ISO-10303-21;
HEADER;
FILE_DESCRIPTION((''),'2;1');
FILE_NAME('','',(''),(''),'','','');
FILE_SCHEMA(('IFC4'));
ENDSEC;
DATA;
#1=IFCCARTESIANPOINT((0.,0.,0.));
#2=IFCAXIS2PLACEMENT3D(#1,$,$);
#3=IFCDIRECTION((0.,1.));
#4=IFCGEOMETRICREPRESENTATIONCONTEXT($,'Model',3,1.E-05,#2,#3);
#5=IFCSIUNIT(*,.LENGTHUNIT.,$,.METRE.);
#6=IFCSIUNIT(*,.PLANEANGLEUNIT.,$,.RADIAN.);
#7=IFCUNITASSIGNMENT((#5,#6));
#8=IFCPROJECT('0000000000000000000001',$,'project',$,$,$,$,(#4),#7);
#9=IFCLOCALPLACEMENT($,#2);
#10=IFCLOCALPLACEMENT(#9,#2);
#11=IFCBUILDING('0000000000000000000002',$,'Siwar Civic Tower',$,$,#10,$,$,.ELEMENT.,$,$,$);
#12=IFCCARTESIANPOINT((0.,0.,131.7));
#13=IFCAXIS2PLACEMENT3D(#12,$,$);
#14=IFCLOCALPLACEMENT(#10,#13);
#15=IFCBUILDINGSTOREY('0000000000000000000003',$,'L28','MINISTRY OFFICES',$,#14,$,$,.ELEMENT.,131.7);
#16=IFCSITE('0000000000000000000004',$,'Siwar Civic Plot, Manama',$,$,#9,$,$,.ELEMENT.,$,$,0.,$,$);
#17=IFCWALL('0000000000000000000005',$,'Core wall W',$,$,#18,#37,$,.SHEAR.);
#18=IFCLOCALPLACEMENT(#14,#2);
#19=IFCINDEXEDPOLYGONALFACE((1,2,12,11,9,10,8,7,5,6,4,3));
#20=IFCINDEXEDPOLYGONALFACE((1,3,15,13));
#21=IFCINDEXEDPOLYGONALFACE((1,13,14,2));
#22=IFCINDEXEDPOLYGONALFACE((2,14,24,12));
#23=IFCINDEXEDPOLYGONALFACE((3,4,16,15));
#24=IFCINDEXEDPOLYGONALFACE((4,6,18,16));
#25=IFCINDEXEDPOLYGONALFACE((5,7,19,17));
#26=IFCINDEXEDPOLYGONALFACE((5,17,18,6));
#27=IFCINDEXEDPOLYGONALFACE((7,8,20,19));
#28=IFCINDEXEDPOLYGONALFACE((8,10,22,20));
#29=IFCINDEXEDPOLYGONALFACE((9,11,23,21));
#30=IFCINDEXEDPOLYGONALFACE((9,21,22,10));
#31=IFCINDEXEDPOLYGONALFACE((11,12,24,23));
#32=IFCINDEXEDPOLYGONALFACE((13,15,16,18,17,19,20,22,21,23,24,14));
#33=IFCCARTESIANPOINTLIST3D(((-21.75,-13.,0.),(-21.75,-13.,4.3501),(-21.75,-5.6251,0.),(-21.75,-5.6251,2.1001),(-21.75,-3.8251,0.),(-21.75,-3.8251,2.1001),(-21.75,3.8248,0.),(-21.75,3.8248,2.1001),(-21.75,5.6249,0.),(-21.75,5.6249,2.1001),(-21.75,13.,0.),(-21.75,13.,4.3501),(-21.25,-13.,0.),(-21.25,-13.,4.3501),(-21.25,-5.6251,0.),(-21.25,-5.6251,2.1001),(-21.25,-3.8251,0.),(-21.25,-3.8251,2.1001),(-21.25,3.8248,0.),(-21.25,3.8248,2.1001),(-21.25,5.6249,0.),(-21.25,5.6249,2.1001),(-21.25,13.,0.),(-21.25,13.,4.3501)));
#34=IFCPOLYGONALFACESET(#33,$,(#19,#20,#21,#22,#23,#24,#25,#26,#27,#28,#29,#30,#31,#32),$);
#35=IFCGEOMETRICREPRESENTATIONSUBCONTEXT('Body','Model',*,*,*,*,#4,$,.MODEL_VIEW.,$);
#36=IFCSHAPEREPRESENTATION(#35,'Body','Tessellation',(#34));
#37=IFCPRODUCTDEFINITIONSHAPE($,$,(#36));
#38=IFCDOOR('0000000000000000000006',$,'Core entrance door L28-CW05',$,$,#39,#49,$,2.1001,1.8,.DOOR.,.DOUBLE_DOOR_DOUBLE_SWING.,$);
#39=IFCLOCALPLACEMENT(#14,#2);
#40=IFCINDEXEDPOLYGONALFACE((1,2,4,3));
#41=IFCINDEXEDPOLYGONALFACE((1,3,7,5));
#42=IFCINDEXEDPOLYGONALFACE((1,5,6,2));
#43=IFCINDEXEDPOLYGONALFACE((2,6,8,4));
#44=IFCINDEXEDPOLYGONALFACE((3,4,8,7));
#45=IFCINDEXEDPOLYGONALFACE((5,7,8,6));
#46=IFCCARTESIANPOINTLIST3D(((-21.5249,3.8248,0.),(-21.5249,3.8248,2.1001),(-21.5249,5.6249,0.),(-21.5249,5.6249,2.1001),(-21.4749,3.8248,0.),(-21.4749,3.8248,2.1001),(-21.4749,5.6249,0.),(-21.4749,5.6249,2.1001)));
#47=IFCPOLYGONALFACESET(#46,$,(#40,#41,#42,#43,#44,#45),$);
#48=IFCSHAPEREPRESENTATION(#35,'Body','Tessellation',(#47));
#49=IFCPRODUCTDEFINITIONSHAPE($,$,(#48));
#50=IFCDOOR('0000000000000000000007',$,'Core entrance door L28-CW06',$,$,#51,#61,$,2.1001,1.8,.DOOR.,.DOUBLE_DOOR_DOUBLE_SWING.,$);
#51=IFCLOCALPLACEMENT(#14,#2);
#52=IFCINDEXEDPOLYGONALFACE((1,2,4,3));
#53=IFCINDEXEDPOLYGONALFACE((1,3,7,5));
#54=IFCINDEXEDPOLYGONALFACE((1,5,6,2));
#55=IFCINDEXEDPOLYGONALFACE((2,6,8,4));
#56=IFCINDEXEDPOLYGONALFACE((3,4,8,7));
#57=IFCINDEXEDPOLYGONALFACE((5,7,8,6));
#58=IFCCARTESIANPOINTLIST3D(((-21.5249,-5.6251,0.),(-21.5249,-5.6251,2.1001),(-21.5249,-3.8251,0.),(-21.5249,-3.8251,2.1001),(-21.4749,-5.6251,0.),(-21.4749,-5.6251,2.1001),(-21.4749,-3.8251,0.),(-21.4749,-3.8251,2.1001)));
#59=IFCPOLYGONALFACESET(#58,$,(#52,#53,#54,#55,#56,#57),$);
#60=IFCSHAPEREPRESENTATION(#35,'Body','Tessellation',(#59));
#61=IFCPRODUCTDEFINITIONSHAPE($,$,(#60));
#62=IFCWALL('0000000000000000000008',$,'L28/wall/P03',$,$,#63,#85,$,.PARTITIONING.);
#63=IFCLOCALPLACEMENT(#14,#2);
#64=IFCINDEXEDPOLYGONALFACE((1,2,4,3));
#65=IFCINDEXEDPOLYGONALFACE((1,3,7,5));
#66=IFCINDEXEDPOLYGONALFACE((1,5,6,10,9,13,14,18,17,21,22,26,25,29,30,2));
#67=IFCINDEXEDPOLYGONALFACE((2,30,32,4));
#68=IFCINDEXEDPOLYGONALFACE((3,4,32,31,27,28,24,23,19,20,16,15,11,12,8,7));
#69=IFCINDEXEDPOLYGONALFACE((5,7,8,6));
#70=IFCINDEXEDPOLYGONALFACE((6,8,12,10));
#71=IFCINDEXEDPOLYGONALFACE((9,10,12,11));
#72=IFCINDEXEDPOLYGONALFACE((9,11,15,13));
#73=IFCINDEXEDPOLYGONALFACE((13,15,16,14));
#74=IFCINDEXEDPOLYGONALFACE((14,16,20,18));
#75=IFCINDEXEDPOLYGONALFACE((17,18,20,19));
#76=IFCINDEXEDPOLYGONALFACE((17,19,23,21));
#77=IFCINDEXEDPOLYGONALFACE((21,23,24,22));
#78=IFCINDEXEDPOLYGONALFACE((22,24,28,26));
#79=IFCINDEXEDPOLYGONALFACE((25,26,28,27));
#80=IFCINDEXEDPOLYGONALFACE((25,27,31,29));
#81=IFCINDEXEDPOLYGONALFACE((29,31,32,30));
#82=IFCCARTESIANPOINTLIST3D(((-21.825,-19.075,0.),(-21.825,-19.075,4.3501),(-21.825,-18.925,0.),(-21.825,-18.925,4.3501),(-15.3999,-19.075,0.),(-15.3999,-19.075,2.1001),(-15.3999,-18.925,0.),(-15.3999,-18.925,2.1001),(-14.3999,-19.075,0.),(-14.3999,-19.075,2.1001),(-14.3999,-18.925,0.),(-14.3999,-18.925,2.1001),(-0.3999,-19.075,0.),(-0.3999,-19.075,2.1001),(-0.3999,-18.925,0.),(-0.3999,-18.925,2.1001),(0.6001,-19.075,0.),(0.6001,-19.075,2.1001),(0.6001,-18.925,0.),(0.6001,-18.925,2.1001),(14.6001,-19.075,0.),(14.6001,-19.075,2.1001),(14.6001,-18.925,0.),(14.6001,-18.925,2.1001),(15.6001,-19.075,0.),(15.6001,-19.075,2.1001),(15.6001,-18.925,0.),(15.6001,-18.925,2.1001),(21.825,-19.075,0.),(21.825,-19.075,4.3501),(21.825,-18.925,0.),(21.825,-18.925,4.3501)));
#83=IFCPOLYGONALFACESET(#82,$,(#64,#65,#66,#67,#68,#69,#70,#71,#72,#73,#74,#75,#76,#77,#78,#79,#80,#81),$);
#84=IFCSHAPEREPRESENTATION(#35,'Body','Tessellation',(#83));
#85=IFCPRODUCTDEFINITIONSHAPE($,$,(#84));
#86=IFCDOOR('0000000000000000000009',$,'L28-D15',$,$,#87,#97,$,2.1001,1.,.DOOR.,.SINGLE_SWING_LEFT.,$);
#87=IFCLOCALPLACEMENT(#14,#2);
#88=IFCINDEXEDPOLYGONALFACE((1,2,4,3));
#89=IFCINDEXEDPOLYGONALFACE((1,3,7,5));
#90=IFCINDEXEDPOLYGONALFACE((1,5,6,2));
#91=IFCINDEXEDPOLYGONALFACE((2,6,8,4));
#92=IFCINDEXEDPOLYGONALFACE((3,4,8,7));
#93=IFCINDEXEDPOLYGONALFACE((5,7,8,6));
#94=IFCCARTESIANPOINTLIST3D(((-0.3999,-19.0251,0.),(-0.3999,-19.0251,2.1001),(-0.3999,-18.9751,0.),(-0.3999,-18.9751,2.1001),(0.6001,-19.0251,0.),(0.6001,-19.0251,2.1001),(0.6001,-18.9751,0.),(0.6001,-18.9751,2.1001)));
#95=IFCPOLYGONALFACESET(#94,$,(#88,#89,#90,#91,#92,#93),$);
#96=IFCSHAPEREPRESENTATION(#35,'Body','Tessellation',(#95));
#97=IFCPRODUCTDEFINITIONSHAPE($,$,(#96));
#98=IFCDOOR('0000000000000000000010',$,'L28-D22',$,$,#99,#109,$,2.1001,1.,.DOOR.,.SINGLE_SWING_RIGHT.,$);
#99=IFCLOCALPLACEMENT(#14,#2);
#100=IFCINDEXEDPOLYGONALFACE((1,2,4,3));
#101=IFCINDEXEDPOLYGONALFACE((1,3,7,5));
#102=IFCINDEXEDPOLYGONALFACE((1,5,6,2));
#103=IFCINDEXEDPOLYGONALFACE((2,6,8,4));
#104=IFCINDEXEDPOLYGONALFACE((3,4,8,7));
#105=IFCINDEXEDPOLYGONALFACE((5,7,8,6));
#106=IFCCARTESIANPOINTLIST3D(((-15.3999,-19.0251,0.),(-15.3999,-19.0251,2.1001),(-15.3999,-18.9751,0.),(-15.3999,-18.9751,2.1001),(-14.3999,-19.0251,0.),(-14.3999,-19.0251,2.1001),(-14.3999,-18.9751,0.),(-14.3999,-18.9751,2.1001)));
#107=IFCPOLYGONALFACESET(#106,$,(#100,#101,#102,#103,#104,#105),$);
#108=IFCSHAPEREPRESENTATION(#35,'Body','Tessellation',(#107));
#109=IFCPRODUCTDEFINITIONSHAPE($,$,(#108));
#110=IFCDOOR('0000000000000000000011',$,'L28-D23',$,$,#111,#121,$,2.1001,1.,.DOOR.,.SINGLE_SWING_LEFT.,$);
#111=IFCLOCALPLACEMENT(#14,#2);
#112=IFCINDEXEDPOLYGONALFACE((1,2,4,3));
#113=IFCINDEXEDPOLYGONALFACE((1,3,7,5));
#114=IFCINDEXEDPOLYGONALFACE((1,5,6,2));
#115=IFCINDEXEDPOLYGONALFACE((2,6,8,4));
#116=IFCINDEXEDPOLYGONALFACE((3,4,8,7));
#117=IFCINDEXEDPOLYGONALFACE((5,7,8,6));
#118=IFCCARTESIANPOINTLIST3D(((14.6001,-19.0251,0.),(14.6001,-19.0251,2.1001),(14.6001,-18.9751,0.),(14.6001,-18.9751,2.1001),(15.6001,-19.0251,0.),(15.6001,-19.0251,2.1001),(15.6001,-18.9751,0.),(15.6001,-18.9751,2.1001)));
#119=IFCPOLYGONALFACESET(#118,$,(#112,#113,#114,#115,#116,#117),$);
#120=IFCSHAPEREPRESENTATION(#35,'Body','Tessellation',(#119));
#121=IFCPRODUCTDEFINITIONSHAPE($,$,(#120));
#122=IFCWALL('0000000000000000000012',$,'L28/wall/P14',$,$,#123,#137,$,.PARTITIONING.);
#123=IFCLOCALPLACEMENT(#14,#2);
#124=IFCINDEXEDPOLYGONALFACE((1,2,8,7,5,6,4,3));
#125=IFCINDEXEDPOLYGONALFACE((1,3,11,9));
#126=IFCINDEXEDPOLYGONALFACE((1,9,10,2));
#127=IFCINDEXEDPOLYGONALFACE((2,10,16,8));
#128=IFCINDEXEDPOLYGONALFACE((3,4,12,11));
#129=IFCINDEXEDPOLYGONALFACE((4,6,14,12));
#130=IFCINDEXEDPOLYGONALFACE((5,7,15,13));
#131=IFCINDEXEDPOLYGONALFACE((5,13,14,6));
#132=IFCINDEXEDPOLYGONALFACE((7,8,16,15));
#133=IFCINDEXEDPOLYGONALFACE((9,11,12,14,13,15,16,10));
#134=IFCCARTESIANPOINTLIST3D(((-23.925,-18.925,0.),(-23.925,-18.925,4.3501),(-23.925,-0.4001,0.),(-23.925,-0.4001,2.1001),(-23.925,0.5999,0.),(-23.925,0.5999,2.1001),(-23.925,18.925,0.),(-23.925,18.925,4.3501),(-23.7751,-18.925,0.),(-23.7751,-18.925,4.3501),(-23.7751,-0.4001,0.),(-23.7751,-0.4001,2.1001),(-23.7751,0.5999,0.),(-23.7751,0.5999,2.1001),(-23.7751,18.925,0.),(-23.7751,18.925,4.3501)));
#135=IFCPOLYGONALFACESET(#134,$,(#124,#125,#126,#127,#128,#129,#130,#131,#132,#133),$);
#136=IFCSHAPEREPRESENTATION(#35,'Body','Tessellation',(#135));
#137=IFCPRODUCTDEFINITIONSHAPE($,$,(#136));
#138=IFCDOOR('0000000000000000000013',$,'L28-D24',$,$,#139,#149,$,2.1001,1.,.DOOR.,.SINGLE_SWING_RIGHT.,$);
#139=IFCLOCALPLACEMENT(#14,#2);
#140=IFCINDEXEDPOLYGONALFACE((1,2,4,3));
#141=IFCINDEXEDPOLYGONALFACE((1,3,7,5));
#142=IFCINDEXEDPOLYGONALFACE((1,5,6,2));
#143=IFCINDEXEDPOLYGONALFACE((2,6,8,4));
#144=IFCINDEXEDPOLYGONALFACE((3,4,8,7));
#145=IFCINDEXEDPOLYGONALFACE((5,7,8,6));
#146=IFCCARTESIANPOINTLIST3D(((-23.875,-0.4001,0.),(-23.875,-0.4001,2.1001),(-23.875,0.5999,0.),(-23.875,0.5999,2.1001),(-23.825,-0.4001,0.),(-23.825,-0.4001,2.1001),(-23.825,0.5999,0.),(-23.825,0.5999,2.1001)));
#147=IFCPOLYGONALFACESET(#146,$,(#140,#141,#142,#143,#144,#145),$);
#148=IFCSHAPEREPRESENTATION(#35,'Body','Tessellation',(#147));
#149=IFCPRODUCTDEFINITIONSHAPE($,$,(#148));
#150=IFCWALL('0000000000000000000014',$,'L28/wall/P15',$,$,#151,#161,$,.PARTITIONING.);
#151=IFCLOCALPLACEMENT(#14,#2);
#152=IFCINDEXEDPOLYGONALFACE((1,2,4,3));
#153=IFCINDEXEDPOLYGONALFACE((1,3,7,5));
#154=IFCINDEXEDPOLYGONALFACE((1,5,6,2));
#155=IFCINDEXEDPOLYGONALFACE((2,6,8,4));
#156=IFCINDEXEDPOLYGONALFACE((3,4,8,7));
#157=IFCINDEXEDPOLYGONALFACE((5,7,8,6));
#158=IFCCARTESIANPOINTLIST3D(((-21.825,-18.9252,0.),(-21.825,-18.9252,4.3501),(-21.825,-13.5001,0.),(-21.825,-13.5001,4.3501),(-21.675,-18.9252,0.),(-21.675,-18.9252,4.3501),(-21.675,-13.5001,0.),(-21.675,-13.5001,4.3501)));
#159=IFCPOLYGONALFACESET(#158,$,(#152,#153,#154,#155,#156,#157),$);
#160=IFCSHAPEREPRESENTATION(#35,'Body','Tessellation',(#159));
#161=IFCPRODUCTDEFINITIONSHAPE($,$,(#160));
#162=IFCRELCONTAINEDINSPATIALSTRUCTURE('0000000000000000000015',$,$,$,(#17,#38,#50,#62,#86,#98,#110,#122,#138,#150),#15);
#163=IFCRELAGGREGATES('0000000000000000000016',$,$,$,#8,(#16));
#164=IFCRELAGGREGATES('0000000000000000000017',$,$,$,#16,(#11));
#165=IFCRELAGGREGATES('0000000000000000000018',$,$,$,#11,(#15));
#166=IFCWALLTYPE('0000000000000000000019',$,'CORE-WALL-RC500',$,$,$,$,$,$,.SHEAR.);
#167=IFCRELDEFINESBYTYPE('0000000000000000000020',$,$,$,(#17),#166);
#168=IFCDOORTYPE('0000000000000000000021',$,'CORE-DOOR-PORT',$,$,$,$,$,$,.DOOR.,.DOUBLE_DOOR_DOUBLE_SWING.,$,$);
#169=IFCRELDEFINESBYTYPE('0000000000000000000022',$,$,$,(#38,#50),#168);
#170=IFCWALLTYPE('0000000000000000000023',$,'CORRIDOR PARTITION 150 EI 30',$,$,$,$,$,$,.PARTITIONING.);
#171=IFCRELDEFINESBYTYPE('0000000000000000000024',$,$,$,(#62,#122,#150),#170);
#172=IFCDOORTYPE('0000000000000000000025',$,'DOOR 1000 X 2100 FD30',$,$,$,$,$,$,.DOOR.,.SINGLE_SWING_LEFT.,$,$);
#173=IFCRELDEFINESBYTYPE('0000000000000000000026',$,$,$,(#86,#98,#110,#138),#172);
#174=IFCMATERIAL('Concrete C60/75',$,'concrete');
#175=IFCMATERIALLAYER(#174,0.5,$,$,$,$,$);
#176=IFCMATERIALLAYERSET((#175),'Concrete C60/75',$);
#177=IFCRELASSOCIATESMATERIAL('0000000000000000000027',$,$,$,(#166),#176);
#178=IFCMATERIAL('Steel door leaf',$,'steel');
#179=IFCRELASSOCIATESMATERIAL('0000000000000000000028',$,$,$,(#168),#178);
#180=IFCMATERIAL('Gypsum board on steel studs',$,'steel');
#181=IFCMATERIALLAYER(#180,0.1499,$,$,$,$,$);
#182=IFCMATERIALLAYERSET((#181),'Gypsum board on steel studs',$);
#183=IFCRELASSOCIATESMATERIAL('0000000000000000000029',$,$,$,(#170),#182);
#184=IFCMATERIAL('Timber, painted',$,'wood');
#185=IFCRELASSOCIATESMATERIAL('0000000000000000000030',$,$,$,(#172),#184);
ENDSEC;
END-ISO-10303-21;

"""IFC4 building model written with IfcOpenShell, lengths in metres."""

from ifc_helpers import new_model, si_unit, direction, frame, frame_2d, origin, place, context, subcontext, project, spatial, rectangle, extrude, material, layer, layer_set, type_object, element, fill, save


model = new_model("IFC4")

# Units and contexts
model_context = context("Model", 3, precision=1e-05, world=origin(), true_north=direction((0.0, 1.0)))
body_context = subcontext(model_context, "Body", "Model", "MODEL_VIEW")
ifc_project = project(units=[si_unit("LENGTHUNIT", "METRE"), si_unit("PLANEANGLEUNIT", "RADIAN")], contexts=[model_context])

# Site, building, storey
site_placement = place(None, origin())
site = spatial("IfcSite", under=ifc_project, at=site_placement, Name="Siwar Civic Plot, Manama", CompositionType="ELEMENT", RefElevation=0.0)
building_placement = place(site_placement, origin())
building = spatial("IfcBuilding", under=site, at=building_placement, Name="Siwar Civic Tower", CompositionType="ELEMENT")
storey_placement = place(building_placement, frame((0.0, 0.0, 131.7)))
storey = spatial("IfcBuildingStorey", under=building, at=storey_placement, Name="L28", Description="MINISTRY OFFICES", CompositionType="ELEMENT", Elevation=131.7)

# Walls, openings, doors
ifc_material_1 = material(Name="Concrete C60/75", Category="concrete")
ifc_layer_1 = layer(ifc_material_1, 0.5)
ifc_layer_set_1 = layer_set([ifc_layer_1], Name="Concrete C60/75")
wall_type_1 = type_object("IfcWallType", Name="CORE-WALL-RC500", PredefinedType="SHEAR", material=ifc_layer_set_1)
wall_1_placement = place(storey_placement, frame((-21.5, -13.0, 0.0), z_axis=(0.0, 0.0, 1.0), x_axis=(0.0, 1.0, 0.0)))
wall_1 = element("IfcWall", 1, at=wall_1_placement, inside=storey, type_object=wall_type_1, Name="Core wall W", PredefinedType="SHEAR", context=body_context, shape_type="SweptSolid", body=[
    extrude(rectangle(XDim=26.0, YDim=0.5, at=frame_2d((13.0, 0.0))), origin(), (0.0, 0.0, 1.0), 4.3501),
])
opening_1_placement = place(wall_1_placement, frame((16.825, 0.0, 0.0)))
opening_1 = element("IfcOpeningElement", 2, at=opening_1_placement, cuts=wall_1, PredefinedType="OPENING", context=body_context, shape_type="SweptSolid", body=[
    extrude(rectangle(XDim=1.8, YDim=2.1001, at=frame_2d((0.8999, 1.05))), frame((0.0, 0.26, 0.0), z_axis=(0.0, -1.0, 0.0), x_axis=(1.0, 0.0, 0.0)), (0.0, 0.0, 1.0), 0.52),
])
opening_2_placement = place(wall_1_placement, frame((7.375, 0.0, 0.0)))
opening_2 = element("IfcOpeningElement", 3, at=opening_2_placement, cuts=wall_1, PredefinedType="OPENING", context=body_context, shape_type="SweptSolid", body=[
    extrude(rectangle(XDim=1.8, YDim=2.1001, at=frame_2d((0.8999, 1.05))), frame((0.0, 0.26, 0.0), z_axis=(0.0, -1.0, 0.0), x_axis=(1.0, 0.0, 0.0)), (0.0, 0.0, 1.0), 0.52),
])
ifc_material_2 = material(Name="Steel door leaf", Category="steel")
door_type_1 = type_object("IfcDoorType", Name="CORE-DOOR-PORT", OperationType="DOUBLE_DOOR_DOUBLE_SWING", PredefinedType="DOOR", material=ifc_material_2)
door_1_placement = place(opening_1_placement, origin())
door_1 = element("IfcDoor", 4, at=door_1_placement, inside=storey, type_object=door_type_1, Name="Core entrance door L28-CW05", OperationType="DOUBLE_DOOR_DOUBLE_SWING", OverallHeight=2.1001, OverallWidth=1.8, PredefinedType="DOOR", context=body_context, shape_type="SweptSolid", body=[
    extrude(rectangle(XDim=1.8, YDim=2.1001, at=frame_2d((0.8999, 1.05))), frame((0.0, 0.0249, 0.0), z_axis=(0.0, -1.0, 0.0), x_axis=(1.0, 0.0, 0.0)), (0.0, 0.0, 1.0), 0.05),
])
fill(opening_1, door_1)
door_2_placement = place(opening_2_placement, origin())
door_2 = element("IfcDoor", 5, at=door_2_placement, inside=storey, type_object=door_type_1, Name="Core entrance door L28-CW06", OperationType="DOUBLE_DOOR_DOUBLE_SWING", OverallHeight=2.1001, OverallWidth=1.8, PredefinedType="DOOR", context=body_context, shape_type="SweptSolid", body=[
    extrude(rectangle(XDim=1.8, YDim=2.1001, at=frame_2d((0.8999, 1.05))), frame((0.0, 0.0249, 0.0), z_axis=(0.0, -1.0, 0.0), x_axis=(1.0, 0.0, 0.0)), (0.0, 0.0, 1.0), 0.05),
])
fill(opening_2, door_2)
ifc_material_3 = material(Name="Gypsum board on steel studs", Category="steel")
ifc_layer_2 = layer(ifc_material_3, 0.1499)
ifc_layer_set_2 = layer_set([ifc_layer_2], Name="Gypsum board on steel studs")
wall_type_2 = type_object("IfcWallType", Name="CORRIDOR PARTITION 150 EI 30", PredefinedType="PARTITIONING", material=ifc_layer_set_2)
wall_2_placement = place(storey_placement, frame((-21.825, -19.0, 0.0), z_axis=(0.0, 0.0, 1.0), x_axis=(1.0, 0.0, 0.0)))
wall_2 = element("IfcWall", 6, at=wall_2_placement, inside=storey, type_object=wall_type_2, Name="L28/wall/P03", PredefinedType="PARTITIONING", context=body_context, shape_type="SweptSolid", body=[
    extrude(rectangle(XDim=43.6499, YDim=0.1499, at=frame_2d((21.825, 0.0))), origin(), (0.0, 0.0, 1.0), 4.3501),
])
opening_3_placement = place(wall_2_placement, frame((21.425, 0.0, 0.0)))
opening_3 = element("IfcOpeningElement", 7, at=opening_3_placement, cuts=wall_2, PredefinedType="OPENING", context=body_context, shape_type="SweptSolid", body=[
    extrude(rectangle(XDim=1.0, YDim=2.1001, at=frame_2d((0.5, 1.05))), frame((0.0, 0.085, 0.0), z_axis=(0.0, -1.0, 0.0), x_axis=(1.0, 0.0, 0.0)), (0.0, 0.0, 1.0), 0.1699),
])
opening_4_placement = place(wall_2_placement, frame((6.425, 0.0, 0.0)))
opening_4 = element("IfcOpeningElement", 8, at=opening_4_placement, cuts=wall_2, PredefinedType="OPENING", context=body_context, shape_type="SweptSolid", body=[
    extrude(rectangle(XDim=1.0, YDim=2.1001, at=frame_2d((0.5, 1.05))), frame((0.0, 0.085, 0.0), z_axis=(0.0, -1.0, 0.0), x_axis=(1.0, 0.0, 0.0)), (0.0, 0.0, 1.0), 0.1699),
])
opening_5_placement = place(wall_2_placement, frame((36.425, 0.0, 0.0)))
opening_5 = element("IfcOpeningElement", 9, at=opening_5_placement, cuts=wall_2, PredefinedType="OPENING", context=body_context, shape_type="SweptSolid", body=[
    extrude(rectangle(XDim=1.0, YDim=2.1001, at=frame_2d((0.5, 1.05))), frame((0.0, 0.085, 0.0), z_axis=(0.0, -1.0, 0.0), x_axis=(1.0, 0.0, 0.0)), (0.0, 0.0, 1.0), 0.1699),
])
ifc_material_4 = material(Name="Timber, painted", Category="wood")
door_type_2 = type_object("IfcDoorType", Name="DOOR 1000 X 2100 FD30", OperationType="SINGLE_SWING_LEFT", PredefinedType="DOOR", material=ifc_material_4)
door_3_placement = place(opening_3_placement, origin())
door_3 = element("IfcDoor", 10, at=door_3_placement, inside=storey, type_object=door_type_2, Name="L28-D15", OperationType="SINGLE_SWING_LEFT", OverallHeight=2.1001, OverallWidth=1.0, PredefinedType="DOOR", context=body_context, shape_type="SweptSolid", body=[
    extrude(rectangle(XDim=1.0, YDim=2.1001, at=frame_2d((0.5, 1.05))), frame((0.0, 0.0249, 0.0), z_axis=(0.0, -1.0, 0.0), x_axis=(1.0, 0.0, 0.0)), (0.0, 0.0, 1.0), 0.05),
])
fill(opening_3, door_3)
door_4_placement = place(opening_4_placement, origin())
door_4 = element("IfcDoor", 11, at=door_4_placement, inside=storey, type_object=door_type_2, Name="L28-D22", OperationType="SINGLE_SWING_RIGHT", OverallHeight=2.1001, OverallWidth=1.0, PredefinedType="DOOR", context=body_context, shape_type="SweptSolid", body=[
    extrude(rectangle(XDim=1.0, YDim=2.1001, at=frame_2d((0.5, 1.05))), frame((0.0, 0.0249, 0.0), z_axis=(0.0, -1.0, 0.0), x_axis=(1.0, 0.0, 0.0)), (0.0, 0.0, 1.0), 0.05),
])
fill(opening_4, door_4)
door_5_placement = place(opening_5_placement, origin())
door_5 = element("IfcDoor", 12, at=door_5_placement, inside=storey, type_object=door_type_2, Name="L28-D23", OperationType="SINGLE_SWING_LEFT", OverallHeight=2.1001, OverallWidth=1.0, PredefinedType="DOOR", context=body_context, shape_type="SweptSolid", body=[
    extrude(rectangle(XDim=1.0, YDim=2.1001, at=frame_2d((0.5, 1.05))), frame((0.0, 0.0249, 0.0), z_axis=(0.0, -1.0, 0.0), x_axis=(1.0, 0.0, 0.0)), (0.0, 0.0, 1.0), 0.05),
])
fill(opening_5, door_5)

# Wall, opening, door
wall_3_placement = place(storey_placement, frame((-23.8501, -18.925, 0.0), z_axis=(0.0, 0.0, 1.0), x_axis=(0.0, 1.0, 0.0)))
wall_3 = element("IfcWall", 13, at=wall_3_placement, inside=storey, type_object=wall_type_2, Name="L28/wall/P14", PredefinedType="PARTITIONING", context=body_context, shape_type="SweptSolid", body=[
    extrude(rectangle(XDim=37.8501, YDim=0.1499, at=frame_2d((18.925, 0.0))), origin(), (0.0, 0.0, 1.0), 4.3501),
])
opening_6_placement = place(wall_3_placement, frame((18.5249, 0.0, 0.0)))
opening_6 = element("IfcOpeningElement", 14, at=opening_6_placement, cuts=wall_3, PredefinedType="OPENING", context=body_context, shape_type="SweptSolid", body=[
    extrude(rectangle(XDim=1.0, YDim=2.1001, at=frame_2d((0.5, 1.05))), frame((0.0, 0.085, 0.0), z_axis=(0.0, -1.0, 0.0), x_axis=(1.0, 0.0, 0.0)), (0.0, 0.0, 1.0), 0.1699),
])
door_6_placement = place(opening_6_placement, origin())
door_6 = element("IfcDoor", 15, at=door_6_placement, inside=storey, type_object=door_type_2, Name="L28-D24", OperationType="SINGLE_SWING_RIGHT", OverallHeight=2.1001, OverallWidth=1.0, PredefinedType="DOOR", context=body_context, shape_type="SweptSolid", body=[
    extrude(rectangle(XDim=1.0, YDim=2.1001, at=frame_2d((0.5, 1.05))), frame((0.0, 0.0249, 0.0), z_axis=(0.0, -1.0, 0.0), x_axis=(1.0, 0.0, 0.0)), (0.0, 0.0, 1.0), 0.05),
])
fill(opening_6, door_6)

# Wall
wall_4_placement = place(storey_placement, frame((-21.75, -18.925, 0.0), z_axis=(0.0, 0.0, 1.0), x_axis=(0.0, 1.0, 0.0)))
element("IfcWall", 16, at=wall_4_placement, inside=storey, type_object=wall_type_2, Name="L28/wall/P15", PredefinedType="PARTITIONING", context=body_context, shape_type="SweptSolid", body=[
    extrude(rectangle(XDim=5.425, YDim=0.1499, at=frame_2d((2.7124, 0.0))), origin(), (0.0, 0.0, 1.0), 4.3501),
])

save(model, "model.ifc")
